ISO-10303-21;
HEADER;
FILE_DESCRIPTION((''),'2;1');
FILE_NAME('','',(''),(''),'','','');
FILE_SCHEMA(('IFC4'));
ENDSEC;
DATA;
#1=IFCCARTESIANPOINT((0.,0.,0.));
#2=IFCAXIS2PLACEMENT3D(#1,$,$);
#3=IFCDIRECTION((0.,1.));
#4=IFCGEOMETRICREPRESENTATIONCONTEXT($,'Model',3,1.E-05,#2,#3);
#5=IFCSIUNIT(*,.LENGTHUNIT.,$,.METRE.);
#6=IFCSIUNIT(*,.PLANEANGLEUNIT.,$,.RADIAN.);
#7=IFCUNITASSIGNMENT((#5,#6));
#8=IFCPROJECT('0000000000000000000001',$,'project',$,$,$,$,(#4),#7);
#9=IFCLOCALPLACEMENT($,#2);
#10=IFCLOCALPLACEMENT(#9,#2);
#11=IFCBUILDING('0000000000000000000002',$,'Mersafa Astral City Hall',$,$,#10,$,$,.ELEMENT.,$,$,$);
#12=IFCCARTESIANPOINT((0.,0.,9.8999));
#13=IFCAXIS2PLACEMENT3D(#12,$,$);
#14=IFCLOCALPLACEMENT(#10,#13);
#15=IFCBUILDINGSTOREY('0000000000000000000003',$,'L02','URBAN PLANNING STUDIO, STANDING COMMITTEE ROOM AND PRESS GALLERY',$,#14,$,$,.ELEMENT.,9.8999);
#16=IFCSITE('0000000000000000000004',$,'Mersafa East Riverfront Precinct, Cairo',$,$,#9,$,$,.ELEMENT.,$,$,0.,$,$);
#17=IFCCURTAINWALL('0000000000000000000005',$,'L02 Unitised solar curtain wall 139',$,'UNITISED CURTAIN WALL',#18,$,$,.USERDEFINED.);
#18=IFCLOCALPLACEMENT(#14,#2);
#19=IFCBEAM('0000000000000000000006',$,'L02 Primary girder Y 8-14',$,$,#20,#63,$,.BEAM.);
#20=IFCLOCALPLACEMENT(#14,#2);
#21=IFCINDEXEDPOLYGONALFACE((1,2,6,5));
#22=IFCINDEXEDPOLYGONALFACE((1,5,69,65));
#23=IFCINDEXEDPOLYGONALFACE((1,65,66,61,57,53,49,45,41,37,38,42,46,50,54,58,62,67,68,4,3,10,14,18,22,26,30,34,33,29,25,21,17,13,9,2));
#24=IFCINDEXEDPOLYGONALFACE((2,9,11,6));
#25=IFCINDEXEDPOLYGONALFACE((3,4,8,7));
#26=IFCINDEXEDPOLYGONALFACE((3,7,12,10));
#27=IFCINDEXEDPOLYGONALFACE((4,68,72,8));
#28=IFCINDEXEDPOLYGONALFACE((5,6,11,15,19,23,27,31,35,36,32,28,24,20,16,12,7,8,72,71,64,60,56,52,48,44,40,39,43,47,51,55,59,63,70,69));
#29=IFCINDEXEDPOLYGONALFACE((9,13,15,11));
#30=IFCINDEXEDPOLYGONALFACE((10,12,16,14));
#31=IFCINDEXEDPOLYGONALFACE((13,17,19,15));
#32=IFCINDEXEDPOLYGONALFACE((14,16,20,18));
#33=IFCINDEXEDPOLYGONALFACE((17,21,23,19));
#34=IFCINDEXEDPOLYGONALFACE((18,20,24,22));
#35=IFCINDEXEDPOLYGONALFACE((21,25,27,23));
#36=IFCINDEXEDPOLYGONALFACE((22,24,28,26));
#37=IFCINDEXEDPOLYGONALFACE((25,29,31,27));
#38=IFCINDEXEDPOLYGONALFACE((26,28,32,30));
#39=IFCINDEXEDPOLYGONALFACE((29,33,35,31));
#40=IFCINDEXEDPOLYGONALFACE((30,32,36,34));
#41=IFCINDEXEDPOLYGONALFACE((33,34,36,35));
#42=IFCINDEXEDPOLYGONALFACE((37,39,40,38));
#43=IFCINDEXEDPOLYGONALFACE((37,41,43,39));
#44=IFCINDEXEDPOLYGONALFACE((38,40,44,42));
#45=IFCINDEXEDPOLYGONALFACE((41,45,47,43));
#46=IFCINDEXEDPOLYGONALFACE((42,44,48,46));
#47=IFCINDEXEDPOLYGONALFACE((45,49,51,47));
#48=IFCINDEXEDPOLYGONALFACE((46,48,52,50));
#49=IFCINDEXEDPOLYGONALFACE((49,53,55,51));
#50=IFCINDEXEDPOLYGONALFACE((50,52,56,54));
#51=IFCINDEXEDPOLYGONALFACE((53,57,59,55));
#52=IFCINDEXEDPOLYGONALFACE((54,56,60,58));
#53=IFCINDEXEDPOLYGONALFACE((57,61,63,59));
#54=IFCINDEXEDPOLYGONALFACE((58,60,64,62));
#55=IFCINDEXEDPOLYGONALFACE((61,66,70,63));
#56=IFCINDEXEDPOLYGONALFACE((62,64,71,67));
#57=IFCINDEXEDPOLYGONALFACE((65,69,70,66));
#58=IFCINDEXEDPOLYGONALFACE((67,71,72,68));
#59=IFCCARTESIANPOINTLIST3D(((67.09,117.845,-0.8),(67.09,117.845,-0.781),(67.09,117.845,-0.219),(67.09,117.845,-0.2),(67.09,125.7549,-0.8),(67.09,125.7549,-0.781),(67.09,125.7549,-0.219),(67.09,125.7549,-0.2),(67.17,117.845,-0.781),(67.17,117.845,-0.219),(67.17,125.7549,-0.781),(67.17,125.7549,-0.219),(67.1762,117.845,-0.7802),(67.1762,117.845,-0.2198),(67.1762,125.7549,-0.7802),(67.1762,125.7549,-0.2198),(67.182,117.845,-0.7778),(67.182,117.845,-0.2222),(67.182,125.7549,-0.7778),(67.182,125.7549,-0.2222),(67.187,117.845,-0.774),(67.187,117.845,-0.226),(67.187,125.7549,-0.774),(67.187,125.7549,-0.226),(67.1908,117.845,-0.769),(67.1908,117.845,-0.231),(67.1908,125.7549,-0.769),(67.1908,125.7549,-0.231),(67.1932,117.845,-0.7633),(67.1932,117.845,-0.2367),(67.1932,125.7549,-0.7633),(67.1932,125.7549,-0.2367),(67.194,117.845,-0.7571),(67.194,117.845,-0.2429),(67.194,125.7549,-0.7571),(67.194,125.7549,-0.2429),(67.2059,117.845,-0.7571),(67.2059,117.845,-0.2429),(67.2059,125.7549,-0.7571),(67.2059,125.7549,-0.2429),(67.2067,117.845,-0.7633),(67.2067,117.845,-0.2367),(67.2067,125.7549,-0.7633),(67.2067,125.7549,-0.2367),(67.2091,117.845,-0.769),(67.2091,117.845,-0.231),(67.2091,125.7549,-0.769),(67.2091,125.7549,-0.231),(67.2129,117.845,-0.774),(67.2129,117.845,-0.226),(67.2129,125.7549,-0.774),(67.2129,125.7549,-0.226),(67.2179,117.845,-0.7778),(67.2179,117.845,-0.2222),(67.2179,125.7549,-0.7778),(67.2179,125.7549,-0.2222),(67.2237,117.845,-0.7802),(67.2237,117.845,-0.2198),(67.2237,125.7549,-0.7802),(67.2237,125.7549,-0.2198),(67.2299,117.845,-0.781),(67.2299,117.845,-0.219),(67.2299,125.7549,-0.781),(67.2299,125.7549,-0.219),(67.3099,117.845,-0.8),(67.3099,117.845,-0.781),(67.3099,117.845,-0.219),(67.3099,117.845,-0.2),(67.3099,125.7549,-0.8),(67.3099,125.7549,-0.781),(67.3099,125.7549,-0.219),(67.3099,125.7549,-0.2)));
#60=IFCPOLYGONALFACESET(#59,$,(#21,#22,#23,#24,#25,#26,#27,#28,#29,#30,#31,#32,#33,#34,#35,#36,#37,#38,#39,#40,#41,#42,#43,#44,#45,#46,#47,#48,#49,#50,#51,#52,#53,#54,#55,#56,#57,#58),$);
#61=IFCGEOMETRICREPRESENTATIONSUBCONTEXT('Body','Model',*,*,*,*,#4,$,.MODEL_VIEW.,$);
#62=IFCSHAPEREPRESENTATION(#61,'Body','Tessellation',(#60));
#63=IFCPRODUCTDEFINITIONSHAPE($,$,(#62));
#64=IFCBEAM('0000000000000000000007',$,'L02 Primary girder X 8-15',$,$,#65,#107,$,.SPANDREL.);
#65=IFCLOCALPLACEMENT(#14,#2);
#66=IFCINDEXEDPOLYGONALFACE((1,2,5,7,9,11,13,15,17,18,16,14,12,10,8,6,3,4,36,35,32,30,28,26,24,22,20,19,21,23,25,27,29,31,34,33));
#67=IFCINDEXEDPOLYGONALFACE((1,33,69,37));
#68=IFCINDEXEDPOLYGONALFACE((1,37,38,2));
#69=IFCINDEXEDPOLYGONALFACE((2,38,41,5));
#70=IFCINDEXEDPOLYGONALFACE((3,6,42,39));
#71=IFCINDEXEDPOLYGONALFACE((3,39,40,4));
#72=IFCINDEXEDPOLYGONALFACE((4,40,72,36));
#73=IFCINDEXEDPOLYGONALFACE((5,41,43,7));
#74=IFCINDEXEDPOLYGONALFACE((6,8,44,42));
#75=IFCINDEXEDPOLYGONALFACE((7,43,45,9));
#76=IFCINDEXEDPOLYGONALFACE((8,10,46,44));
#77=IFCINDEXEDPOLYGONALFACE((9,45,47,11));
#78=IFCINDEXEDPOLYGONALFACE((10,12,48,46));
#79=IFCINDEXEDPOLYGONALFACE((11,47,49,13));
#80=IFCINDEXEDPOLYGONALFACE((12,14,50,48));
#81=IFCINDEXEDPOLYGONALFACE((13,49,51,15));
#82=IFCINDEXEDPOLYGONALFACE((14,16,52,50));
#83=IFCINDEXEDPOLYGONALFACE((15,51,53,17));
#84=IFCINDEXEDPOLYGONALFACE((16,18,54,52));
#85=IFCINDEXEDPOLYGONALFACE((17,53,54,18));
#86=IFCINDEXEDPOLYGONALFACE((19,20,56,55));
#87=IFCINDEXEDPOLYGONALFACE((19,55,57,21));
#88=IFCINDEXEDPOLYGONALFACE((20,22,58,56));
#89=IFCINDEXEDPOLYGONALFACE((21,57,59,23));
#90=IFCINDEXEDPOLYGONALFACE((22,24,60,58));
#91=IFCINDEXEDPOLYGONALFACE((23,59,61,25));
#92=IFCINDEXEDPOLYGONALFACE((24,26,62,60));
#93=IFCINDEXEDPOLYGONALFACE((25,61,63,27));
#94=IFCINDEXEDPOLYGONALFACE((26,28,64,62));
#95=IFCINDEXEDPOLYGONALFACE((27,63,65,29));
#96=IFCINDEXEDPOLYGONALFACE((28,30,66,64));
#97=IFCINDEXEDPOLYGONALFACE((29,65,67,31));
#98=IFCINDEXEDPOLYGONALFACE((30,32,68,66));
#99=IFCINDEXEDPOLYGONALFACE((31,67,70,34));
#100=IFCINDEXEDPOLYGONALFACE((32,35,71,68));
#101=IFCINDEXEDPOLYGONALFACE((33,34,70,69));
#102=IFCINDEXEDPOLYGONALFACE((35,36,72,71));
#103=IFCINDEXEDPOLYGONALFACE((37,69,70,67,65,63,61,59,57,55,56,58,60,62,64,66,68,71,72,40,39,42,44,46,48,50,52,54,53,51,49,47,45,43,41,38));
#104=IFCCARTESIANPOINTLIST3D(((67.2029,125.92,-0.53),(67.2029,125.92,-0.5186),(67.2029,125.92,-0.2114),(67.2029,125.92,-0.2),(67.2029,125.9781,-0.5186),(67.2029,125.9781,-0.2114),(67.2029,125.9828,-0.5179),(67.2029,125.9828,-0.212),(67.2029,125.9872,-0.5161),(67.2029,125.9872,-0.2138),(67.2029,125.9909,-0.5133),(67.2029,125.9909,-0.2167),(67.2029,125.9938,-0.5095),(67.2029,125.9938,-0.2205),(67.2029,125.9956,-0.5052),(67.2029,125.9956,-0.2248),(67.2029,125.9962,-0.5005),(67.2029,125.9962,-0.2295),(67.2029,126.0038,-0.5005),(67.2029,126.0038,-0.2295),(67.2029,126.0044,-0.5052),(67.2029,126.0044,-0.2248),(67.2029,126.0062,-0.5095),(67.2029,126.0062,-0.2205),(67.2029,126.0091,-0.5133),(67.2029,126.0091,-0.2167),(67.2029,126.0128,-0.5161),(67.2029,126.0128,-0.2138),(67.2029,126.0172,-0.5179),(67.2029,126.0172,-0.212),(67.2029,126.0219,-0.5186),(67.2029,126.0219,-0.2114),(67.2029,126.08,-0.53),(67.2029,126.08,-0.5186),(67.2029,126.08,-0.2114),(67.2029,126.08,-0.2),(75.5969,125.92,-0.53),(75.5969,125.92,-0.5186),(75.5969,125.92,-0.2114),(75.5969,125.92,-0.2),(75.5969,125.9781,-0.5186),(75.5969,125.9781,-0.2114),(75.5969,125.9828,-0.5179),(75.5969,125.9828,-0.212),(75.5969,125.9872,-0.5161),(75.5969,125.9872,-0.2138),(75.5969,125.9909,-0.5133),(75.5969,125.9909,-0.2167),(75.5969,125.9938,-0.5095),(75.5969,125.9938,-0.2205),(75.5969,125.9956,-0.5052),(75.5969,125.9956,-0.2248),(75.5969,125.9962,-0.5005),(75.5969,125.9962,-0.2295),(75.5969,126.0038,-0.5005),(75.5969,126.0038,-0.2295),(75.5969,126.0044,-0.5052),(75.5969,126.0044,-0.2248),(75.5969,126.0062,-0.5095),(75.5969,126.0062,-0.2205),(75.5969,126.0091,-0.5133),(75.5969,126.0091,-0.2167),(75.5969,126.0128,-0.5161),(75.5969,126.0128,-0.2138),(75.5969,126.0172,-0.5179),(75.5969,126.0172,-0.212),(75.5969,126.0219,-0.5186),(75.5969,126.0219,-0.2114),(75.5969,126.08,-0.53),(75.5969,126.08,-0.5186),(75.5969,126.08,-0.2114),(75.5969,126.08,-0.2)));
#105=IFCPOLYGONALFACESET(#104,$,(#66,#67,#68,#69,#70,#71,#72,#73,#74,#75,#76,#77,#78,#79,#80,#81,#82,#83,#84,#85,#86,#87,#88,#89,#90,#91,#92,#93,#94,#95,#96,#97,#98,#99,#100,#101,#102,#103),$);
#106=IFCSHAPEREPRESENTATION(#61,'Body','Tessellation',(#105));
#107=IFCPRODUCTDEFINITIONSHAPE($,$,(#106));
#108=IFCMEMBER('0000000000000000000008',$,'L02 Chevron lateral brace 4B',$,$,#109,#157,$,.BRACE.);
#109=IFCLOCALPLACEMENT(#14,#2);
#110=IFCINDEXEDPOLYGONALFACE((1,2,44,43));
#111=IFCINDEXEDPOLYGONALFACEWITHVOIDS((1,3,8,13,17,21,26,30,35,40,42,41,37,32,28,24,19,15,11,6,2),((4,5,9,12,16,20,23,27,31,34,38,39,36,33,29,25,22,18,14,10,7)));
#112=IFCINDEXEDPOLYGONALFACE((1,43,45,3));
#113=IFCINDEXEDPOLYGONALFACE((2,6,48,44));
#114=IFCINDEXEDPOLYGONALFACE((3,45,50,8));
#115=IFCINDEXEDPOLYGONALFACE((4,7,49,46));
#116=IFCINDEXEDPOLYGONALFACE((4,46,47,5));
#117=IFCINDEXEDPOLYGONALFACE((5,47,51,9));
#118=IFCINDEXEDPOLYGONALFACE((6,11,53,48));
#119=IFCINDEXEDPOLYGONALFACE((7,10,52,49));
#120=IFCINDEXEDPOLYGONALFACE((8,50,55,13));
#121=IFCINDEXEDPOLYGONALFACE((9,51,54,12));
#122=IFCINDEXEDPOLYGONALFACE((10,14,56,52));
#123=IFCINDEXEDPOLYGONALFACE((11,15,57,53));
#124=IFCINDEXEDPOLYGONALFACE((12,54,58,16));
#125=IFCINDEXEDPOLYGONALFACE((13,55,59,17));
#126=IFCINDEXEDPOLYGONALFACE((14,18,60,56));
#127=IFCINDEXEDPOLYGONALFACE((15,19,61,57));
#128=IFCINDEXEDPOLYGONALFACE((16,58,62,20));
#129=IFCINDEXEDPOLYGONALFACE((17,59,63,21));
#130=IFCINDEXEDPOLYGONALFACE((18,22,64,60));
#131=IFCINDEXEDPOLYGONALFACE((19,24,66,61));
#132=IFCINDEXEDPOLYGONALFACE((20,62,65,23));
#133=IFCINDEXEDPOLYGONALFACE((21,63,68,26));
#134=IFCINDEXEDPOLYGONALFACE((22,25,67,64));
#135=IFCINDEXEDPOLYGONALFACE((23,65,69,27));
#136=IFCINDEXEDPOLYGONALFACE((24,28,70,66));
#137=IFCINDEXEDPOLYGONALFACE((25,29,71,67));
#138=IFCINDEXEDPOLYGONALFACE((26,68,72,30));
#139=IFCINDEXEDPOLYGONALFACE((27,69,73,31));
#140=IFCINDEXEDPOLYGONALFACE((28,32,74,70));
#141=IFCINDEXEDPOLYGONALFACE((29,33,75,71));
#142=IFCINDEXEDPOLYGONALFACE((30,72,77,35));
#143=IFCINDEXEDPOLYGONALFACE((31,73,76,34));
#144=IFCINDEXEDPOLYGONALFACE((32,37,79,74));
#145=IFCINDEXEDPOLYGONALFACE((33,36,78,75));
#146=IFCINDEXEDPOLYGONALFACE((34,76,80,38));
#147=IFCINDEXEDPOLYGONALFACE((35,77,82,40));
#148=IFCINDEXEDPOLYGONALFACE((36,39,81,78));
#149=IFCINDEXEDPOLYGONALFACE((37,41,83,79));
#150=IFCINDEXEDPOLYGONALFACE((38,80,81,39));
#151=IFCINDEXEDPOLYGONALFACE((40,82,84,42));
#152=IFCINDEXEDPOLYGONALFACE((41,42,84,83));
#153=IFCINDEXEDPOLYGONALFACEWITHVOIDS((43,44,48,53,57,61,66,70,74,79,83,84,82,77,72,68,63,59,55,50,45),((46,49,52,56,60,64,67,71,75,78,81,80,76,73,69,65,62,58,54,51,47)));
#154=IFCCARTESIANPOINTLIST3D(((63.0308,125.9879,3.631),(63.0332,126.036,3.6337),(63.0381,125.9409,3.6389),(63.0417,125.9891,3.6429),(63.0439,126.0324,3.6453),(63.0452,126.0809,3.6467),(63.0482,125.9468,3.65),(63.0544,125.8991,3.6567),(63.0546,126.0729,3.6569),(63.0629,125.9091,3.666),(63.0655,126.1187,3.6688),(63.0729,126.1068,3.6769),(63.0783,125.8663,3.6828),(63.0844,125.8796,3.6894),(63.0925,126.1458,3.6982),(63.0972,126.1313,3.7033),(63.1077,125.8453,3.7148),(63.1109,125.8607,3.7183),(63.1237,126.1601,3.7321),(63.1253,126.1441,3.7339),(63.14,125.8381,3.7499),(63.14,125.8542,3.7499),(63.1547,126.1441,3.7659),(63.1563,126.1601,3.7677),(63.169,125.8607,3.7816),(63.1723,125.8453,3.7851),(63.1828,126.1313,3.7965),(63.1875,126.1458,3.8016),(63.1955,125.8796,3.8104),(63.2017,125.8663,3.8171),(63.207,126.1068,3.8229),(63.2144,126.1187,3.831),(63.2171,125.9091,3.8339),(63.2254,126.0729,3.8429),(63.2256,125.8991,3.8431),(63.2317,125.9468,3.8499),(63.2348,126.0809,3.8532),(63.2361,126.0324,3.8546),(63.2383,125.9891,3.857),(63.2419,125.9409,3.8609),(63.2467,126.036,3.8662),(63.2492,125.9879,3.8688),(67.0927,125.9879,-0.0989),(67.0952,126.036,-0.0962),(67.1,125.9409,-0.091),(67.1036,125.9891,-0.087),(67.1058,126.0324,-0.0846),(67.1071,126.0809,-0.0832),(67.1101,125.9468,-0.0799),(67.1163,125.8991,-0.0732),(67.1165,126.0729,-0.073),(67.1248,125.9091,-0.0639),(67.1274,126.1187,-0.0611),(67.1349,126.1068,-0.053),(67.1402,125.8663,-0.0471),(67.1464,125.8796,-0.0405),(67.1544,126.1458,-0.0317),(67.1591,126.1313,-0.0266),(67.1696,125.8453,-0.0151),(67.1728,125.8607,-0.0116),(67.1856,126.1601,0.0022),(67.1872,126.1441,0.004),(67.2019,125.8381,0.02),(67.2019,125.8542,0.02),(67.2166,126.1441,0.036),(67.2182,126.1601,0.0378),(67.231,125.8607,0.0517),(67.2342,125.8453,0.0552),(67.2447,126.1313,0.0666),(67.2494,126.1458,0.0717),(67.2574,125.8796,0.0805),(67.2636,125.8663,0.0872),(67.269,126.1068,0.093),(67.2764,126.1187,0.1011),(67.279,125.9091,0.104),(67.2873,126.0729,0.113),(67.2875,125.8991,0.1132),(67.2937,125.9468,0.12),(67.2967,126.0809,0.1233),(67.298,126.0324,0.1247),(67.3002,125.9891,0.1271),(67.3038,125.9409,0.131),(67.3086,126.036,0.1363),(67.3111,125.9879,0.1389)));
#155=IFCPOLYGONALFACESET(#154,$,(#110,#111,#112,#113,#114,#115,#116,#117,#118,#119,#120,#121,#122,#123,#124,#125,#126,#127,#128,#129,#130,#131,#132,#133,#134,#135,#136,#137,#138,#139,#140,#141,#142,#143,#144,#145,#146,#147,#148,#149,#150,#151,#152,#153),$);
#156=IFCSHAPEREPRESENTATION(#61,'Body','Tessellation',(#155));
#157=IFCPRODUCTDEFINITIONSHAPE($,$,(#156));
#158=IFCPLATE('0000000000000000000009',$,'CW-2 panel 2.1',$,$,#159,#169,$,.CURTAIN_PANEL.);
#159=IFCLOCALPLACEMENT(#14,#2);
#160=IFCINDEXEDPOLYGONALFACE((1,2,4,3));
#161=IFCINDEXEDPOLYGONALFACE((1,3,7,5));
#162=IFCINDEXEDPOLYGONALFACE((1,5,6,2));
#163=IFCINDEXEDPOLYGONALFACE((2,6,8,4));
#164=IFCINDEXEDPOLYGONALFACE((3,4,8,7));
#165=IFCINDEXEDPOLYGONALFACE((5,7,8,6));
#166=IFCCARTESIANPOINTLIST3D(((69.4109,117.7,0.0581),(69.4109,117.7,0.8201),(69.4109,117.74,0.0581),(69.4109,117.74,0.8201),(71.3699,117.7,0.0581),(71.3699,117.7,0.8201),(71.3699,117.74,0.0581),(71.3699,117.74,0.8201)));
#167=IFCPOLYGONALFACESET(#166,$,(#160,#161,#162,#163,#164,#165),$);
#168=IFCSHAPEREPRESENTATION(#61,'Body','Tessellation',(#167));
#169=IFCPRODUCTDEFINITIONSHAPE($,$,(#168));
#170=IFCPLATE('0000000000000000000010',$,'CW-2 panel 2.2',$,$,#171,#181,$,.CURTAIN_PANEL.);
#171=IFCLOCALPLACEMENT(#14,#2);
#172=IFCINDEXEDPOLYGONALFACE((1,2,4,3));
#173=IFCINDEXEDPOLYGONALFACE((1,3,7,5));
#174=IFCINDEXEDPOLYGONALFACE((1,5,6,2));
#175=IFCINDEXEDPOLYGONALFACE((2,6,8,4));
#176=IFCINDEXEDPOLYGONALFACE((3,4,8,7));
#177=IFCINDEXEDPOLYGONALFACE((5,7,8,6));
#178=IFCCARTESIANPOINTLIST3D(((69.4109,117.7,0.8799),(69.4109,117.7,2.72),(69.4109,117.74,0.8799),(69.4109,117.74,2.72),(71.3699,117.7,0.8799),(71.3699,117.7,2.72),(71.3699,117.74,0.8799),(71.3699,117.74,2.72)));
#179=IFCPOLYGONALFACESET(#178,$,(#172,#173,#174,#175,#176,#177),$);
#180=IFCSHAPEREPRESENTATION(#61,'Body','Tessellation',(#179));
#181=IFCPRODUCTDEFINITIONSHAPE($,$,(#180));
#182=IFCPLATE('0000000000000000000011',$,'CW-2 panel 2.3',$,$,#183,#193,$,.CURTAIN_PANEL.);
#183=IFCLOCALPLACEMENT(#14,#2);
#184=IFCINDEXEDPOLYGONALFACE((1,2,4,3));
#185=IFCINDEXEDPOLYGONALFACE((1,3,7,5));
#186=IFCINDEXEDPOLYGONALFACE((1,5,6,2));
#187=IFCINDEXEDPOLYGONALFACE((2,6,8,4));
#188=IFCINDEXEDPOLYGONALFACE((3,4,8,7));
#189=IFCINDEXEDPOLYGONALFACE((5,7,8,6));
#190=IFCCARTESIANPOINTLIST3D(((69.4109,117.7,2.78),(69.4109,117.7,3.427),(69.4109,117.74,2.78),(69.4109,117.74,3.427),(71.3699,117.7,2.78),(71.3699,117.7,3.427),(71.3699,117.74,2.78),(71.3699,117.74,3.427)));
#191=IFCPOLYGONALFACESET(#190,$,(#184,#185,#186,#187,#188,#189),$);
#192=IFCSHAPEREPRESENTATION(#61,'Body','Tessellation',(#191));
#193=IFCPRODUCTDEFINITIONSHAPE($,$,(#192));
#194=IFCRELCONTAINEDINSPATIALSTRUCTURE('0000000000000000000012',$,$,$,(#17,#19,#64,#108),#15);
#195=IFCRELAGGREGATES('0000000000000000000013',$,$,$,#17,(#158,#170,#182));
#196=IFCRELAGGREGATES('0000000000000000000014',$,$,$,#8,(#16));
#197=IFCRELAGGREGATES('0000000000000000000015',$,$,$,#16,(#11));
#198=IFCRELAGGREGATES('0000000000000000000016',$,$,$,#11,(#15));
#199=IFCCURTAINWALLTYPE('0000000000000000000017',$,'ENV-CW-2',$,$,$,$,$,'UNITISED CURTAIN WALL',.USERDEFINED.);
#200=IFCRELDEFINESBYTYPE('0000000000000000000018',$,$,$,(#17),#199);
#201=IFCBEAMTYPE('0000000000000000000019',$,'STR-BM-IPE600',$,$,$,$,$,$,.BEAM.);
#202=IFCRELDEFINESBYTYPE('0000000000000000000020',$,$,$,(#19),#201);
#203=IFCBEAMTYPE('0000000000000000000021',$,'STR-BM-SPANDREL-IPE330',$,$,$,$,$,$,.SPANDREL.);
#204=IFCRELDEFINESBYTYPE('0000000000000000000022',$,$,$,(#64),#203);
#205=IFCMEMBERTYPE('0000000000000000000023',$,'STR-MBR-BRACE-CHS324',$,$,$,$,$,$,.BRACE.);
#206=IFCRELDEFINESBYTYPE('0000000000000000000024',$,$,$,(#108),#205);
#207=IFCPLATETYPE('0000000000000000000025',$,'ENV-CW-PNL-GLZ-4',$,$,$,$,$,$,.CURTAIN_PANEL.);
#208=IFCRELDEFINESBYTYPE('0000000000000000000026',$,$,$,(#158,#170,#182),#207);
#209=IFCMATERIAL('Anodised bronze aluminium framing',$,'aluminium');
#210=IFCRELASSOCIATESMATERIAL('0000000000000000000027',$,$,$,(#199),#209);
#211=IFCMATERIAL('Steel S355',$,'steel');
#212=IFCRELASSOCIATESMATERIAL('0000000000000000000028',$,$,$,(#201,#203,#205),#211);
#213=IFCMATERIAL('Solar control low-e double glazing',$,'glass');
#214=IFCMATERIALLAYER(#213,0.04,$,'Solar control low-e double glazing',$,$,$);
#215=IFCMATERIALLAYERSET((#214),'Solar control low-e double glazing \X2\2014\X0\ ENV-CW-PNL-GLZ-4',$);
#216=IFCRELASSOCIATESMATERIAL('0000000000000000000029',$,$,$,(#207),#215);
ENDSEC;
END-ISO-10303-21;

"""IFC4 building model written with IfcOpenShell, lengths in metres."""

from ifc_helpers import new_model, si_unit, direction, frame, origin, origin_2d, place, context, subcontext, project, spatial, rectangle, hollow_circle, i_section, extrude, material, layer, layer_set, material_profile, profile_set, type_object, element, aggregate, save


model = new_model("IFC4")

# Units and contexts
model_context = context("Model", 3, precision=1e-05, world=origin(), true_north=direction((0.0, 1.0)))
body_context = subcontext(model_context, "Body", "Model", "MODEL_VIEW")
ifc_project = project(units=[si_unit("LENGTHUNIT", "METRE"), si_unit("PLANEANGLEUNIT", "RADIAN")], contexts=[model_context])

# Site, building, storey
site_placement = place(None, origin())
site = spatial("IfcSite", under=ifc_project, at=site_placement, Name="Mersafa East Riverfront Precinct, Cairo", CompositionType="ELEMENT", RefElevation=0.0)
building_placement = place(site_placement, origin())
building = spatial("IfcBuilding", under=site, at=building_placement, Name="Mersafa Astral City Hall", CompositionType="ELEMENT")
storey_placement = place(building_placement, frame((0.0, 0.0, 9.8999)))
storey = spatial("IfcBuildingStorey", under=building, at=storey_placement, Name="L02", Description="URBAN PLANNING STUDIO, STANDING COMMITTEE ROOM AND PRESS GALLERY", CompositionType="ELEMENT", Elevation=9.8999)

# Shared definitions
ifc_material_1 = material(Name="Steel S355", Category="steel")

# Curtain wall
ifc_material_2 = material(Name="Anodised bronze aluminium framing", Category="aluminium")
curtain_wall_type = type_object("IfcCurtainWallType", Name="ENV-CW-2", ElementType="UNITISED CURTAIN WALL", PredefinedType="USERDEFINED", material=ifc_material_2)
curtain_wall_placement = place(storey_placement, origin())
curtain_wall = element("IfcCurtainWall", 1, at=curtain_wall_placement, inside=storey, type_object=curtain_wall_type, Name="L02 Unitised solar curtain wall 139", ObjectType="UNITISED CURTAIN WALL", PredefinedType="USERDEFINED")

# Beams
ifc_material_profile_1 = material_profile(ifc_material_1, i_section(OverallWidth=0.22, OverallDepth=0.6001, WebThickness=0.012, FlangeThickness=0.019, FilletRadius=0.0239, at=origin_2d()), Name="IPE 600")
ifc_profile_set_1 = profile_set([ifc_material_profile_1], Name="Steel S355")
beam_type_1 = type_object("IfcBeamType", Name="STR-BM-IPE600", PredefinedType="BEAM", material=ifc_profile_set_1)
beam_1_placement = place(storey_placement, frame((67.2, 117.845, -0.5), z_axis=(0.0, 1.0, 0.0), x_axis=(-1.0, 0.0, 0.0)))
element("IfcBeam", 2, at=beam_1_placement, inside=storey, type_object=beam_type_1, Name="L02 Primary girder Y 8-14", PredefinedType="BEAM", context=body_context, shape_type="SweptSolid", body=[
    extrude(i_section(OverallWidth=0.22, OverallDepth=0.6001, WebThickness=0.012, FlangeThickness=0.019, FilletRadius=0.0239, at=origin_2d()), origin(), (0.0, 0.0, 1.0), 7.9099),
])
ifc_material_profile_2 = material_profile(ifc_material_1, i_section(OverallWidth=0.1599, OverallDepth=0.3301, WebThickness=0.0076, FlangeThickness=0.0115, FilletRadius=0.0181, at=origin_2d()), Name="IPE 330")
ifc_profile_set_2 = profile_set([ifc_material_profile_2], Name="Steel S355")
beam_type_2 = type_object("IfcBeamType", Name="STR-BM-SPANDREL-IPE330", PredefinedType="SPANDREL", material=ifc_profile_set_2)
beam_2_placement = place(storey_placement, frame((67.2029, 126.0, -0.365), z_axis=(1.0, 0.0, 0.0), x_axis=(0.0, 1.0, 0.0)))
element("IfcBeam", 3, at=beam_2_placement, inside=storey, type_object=beam_type_2, Name="L02 Primary girder X 8-15", PredefinedType="SPANDREL", context=body_context, shape_type="SweptSolid", body=[
    extrude(i_section(OverallWidth=0.1599, OverallDepth=0.3301, WebThickness=0.0076, FlangeThickness=0.0115, FilletRadius=0.0181, at=origin_2d()), origin(), (0.0, 0.0, 1.0), 8.394),
])

# Member
ifc_material_profile_3 = material_profile(ifc_material_1, hollow_circle(Radius=0.1619, WallThickness=0.0161, at=origin_2d()), Name="CHS 323.9x16")
ifc_profile_set_3 = profile_set([ifc_material_profile_3], Name="Steel S355")
member_type_1 = type_object("IfcMemberType", Name="STR-MBR-BRACE-CHS324", PredefinedType="BRACE", material=ifc_profile_set_3)
member_1_placement = place(storey_placement, frame((67.2019, 126.0, 0.02), z_axis=(-0.736569, 0.0, 0.676362), x_axis=(0.0, -1.0, 0.0)))
element("IfcMember", 4, at=member_1_placement, inside=storey, type_object=member_type_1, Name="L02 Chevron lateral brace 4B", PredefinedType="BRACE", context=body_context, shape_type="SweptSolid", body=[
    extrude(hollow_circle(Radius=0.1619, WallThickness=0.0161, at=origin_2d()), origin(), (0.0, 0.0, 1.0), 5.5146),
])

# Plates
ifc_material_3 = material(Name="Solar control low-e double glazing", Category="glass")
ifc_layer_1 = layer(ifc_material_3, 0.04, Name="Solar control low-e double glazing")
ifc_layer_set_1 = layer_set([ifc_layer_1], Name="Solar control low-e double glazing — ENV-CW-PNL-GLZ-4")
plate_type_1 = type_object("IfcPlateType", Name="ENV-CW-PNL-GLZ-4", PredefinedType="CURTAIN_PANEL", material=ifc_layer_set_1)
plate_1_placement = place(storey_placement, frame((70.3904, 117.72, 0.0581), z_axis=(0.0, 0.0, 1.0), x_axis=(1.0, 0.0, 0.0)))
plate_1 = element("IfcPlate", 5, at=plate_1_placement, type_object=plate_type_1, Name="CW-2 panel 2.1", PredefinedType="CURTAIN_PANEL", context=body_context, shape_type="SweptSolid", body=[
    extrude(rectangle(XDim=1.959, YDim=0.04, at=origin_2d()), origin(), (0.0, 0.0, 1.0), 0.762),
])
plate_2_placement = place(storey_placement, frame((70.3904, 117.72, 0.8799), z_axis=(0.0, 0.0, 1.0), x_axis=(1.0, 0.0, 0.0)))
plate_2 = element("IfcPlate", 6, at=plate_2_placement, type_object=plate_type_1, Name="CW-2 panel 2.2", PredefinedType="CURTAIN_PANEL", context=body_context, shape_type="SweptSolid", body=[
    extrude(rectangle(XDim=1.959, YDim=0.04, at=origin_2d()), origin(), (0.0, 0.0, 1.0), 1.8401),
])
plate_3_placement = place(storey_placement, frame((70.3904, 117.72, 2.78), z_axis=(0.0, 0.0, 1.0), x_axis=(1.0, 0.0, 0.0)))
plate_3 = element("IfcPlate", 7, at=plate_3_placement, type_object=plate_type_1, Name="CW-2 panel 2.3", PredefinedType="CURTAIN_PANEL", context=body_context, shape_type="SweptSolid", body=[
    extrude(rectangle(XDim=1.959, YDim=0.04, at=origin_2d()), origin(), (0.0, 0.0, 1.0), 0.647),
])
aggregate(curtain_wall, [plate_1, plate_2, plate_3])

save(model, "model.ifc")
